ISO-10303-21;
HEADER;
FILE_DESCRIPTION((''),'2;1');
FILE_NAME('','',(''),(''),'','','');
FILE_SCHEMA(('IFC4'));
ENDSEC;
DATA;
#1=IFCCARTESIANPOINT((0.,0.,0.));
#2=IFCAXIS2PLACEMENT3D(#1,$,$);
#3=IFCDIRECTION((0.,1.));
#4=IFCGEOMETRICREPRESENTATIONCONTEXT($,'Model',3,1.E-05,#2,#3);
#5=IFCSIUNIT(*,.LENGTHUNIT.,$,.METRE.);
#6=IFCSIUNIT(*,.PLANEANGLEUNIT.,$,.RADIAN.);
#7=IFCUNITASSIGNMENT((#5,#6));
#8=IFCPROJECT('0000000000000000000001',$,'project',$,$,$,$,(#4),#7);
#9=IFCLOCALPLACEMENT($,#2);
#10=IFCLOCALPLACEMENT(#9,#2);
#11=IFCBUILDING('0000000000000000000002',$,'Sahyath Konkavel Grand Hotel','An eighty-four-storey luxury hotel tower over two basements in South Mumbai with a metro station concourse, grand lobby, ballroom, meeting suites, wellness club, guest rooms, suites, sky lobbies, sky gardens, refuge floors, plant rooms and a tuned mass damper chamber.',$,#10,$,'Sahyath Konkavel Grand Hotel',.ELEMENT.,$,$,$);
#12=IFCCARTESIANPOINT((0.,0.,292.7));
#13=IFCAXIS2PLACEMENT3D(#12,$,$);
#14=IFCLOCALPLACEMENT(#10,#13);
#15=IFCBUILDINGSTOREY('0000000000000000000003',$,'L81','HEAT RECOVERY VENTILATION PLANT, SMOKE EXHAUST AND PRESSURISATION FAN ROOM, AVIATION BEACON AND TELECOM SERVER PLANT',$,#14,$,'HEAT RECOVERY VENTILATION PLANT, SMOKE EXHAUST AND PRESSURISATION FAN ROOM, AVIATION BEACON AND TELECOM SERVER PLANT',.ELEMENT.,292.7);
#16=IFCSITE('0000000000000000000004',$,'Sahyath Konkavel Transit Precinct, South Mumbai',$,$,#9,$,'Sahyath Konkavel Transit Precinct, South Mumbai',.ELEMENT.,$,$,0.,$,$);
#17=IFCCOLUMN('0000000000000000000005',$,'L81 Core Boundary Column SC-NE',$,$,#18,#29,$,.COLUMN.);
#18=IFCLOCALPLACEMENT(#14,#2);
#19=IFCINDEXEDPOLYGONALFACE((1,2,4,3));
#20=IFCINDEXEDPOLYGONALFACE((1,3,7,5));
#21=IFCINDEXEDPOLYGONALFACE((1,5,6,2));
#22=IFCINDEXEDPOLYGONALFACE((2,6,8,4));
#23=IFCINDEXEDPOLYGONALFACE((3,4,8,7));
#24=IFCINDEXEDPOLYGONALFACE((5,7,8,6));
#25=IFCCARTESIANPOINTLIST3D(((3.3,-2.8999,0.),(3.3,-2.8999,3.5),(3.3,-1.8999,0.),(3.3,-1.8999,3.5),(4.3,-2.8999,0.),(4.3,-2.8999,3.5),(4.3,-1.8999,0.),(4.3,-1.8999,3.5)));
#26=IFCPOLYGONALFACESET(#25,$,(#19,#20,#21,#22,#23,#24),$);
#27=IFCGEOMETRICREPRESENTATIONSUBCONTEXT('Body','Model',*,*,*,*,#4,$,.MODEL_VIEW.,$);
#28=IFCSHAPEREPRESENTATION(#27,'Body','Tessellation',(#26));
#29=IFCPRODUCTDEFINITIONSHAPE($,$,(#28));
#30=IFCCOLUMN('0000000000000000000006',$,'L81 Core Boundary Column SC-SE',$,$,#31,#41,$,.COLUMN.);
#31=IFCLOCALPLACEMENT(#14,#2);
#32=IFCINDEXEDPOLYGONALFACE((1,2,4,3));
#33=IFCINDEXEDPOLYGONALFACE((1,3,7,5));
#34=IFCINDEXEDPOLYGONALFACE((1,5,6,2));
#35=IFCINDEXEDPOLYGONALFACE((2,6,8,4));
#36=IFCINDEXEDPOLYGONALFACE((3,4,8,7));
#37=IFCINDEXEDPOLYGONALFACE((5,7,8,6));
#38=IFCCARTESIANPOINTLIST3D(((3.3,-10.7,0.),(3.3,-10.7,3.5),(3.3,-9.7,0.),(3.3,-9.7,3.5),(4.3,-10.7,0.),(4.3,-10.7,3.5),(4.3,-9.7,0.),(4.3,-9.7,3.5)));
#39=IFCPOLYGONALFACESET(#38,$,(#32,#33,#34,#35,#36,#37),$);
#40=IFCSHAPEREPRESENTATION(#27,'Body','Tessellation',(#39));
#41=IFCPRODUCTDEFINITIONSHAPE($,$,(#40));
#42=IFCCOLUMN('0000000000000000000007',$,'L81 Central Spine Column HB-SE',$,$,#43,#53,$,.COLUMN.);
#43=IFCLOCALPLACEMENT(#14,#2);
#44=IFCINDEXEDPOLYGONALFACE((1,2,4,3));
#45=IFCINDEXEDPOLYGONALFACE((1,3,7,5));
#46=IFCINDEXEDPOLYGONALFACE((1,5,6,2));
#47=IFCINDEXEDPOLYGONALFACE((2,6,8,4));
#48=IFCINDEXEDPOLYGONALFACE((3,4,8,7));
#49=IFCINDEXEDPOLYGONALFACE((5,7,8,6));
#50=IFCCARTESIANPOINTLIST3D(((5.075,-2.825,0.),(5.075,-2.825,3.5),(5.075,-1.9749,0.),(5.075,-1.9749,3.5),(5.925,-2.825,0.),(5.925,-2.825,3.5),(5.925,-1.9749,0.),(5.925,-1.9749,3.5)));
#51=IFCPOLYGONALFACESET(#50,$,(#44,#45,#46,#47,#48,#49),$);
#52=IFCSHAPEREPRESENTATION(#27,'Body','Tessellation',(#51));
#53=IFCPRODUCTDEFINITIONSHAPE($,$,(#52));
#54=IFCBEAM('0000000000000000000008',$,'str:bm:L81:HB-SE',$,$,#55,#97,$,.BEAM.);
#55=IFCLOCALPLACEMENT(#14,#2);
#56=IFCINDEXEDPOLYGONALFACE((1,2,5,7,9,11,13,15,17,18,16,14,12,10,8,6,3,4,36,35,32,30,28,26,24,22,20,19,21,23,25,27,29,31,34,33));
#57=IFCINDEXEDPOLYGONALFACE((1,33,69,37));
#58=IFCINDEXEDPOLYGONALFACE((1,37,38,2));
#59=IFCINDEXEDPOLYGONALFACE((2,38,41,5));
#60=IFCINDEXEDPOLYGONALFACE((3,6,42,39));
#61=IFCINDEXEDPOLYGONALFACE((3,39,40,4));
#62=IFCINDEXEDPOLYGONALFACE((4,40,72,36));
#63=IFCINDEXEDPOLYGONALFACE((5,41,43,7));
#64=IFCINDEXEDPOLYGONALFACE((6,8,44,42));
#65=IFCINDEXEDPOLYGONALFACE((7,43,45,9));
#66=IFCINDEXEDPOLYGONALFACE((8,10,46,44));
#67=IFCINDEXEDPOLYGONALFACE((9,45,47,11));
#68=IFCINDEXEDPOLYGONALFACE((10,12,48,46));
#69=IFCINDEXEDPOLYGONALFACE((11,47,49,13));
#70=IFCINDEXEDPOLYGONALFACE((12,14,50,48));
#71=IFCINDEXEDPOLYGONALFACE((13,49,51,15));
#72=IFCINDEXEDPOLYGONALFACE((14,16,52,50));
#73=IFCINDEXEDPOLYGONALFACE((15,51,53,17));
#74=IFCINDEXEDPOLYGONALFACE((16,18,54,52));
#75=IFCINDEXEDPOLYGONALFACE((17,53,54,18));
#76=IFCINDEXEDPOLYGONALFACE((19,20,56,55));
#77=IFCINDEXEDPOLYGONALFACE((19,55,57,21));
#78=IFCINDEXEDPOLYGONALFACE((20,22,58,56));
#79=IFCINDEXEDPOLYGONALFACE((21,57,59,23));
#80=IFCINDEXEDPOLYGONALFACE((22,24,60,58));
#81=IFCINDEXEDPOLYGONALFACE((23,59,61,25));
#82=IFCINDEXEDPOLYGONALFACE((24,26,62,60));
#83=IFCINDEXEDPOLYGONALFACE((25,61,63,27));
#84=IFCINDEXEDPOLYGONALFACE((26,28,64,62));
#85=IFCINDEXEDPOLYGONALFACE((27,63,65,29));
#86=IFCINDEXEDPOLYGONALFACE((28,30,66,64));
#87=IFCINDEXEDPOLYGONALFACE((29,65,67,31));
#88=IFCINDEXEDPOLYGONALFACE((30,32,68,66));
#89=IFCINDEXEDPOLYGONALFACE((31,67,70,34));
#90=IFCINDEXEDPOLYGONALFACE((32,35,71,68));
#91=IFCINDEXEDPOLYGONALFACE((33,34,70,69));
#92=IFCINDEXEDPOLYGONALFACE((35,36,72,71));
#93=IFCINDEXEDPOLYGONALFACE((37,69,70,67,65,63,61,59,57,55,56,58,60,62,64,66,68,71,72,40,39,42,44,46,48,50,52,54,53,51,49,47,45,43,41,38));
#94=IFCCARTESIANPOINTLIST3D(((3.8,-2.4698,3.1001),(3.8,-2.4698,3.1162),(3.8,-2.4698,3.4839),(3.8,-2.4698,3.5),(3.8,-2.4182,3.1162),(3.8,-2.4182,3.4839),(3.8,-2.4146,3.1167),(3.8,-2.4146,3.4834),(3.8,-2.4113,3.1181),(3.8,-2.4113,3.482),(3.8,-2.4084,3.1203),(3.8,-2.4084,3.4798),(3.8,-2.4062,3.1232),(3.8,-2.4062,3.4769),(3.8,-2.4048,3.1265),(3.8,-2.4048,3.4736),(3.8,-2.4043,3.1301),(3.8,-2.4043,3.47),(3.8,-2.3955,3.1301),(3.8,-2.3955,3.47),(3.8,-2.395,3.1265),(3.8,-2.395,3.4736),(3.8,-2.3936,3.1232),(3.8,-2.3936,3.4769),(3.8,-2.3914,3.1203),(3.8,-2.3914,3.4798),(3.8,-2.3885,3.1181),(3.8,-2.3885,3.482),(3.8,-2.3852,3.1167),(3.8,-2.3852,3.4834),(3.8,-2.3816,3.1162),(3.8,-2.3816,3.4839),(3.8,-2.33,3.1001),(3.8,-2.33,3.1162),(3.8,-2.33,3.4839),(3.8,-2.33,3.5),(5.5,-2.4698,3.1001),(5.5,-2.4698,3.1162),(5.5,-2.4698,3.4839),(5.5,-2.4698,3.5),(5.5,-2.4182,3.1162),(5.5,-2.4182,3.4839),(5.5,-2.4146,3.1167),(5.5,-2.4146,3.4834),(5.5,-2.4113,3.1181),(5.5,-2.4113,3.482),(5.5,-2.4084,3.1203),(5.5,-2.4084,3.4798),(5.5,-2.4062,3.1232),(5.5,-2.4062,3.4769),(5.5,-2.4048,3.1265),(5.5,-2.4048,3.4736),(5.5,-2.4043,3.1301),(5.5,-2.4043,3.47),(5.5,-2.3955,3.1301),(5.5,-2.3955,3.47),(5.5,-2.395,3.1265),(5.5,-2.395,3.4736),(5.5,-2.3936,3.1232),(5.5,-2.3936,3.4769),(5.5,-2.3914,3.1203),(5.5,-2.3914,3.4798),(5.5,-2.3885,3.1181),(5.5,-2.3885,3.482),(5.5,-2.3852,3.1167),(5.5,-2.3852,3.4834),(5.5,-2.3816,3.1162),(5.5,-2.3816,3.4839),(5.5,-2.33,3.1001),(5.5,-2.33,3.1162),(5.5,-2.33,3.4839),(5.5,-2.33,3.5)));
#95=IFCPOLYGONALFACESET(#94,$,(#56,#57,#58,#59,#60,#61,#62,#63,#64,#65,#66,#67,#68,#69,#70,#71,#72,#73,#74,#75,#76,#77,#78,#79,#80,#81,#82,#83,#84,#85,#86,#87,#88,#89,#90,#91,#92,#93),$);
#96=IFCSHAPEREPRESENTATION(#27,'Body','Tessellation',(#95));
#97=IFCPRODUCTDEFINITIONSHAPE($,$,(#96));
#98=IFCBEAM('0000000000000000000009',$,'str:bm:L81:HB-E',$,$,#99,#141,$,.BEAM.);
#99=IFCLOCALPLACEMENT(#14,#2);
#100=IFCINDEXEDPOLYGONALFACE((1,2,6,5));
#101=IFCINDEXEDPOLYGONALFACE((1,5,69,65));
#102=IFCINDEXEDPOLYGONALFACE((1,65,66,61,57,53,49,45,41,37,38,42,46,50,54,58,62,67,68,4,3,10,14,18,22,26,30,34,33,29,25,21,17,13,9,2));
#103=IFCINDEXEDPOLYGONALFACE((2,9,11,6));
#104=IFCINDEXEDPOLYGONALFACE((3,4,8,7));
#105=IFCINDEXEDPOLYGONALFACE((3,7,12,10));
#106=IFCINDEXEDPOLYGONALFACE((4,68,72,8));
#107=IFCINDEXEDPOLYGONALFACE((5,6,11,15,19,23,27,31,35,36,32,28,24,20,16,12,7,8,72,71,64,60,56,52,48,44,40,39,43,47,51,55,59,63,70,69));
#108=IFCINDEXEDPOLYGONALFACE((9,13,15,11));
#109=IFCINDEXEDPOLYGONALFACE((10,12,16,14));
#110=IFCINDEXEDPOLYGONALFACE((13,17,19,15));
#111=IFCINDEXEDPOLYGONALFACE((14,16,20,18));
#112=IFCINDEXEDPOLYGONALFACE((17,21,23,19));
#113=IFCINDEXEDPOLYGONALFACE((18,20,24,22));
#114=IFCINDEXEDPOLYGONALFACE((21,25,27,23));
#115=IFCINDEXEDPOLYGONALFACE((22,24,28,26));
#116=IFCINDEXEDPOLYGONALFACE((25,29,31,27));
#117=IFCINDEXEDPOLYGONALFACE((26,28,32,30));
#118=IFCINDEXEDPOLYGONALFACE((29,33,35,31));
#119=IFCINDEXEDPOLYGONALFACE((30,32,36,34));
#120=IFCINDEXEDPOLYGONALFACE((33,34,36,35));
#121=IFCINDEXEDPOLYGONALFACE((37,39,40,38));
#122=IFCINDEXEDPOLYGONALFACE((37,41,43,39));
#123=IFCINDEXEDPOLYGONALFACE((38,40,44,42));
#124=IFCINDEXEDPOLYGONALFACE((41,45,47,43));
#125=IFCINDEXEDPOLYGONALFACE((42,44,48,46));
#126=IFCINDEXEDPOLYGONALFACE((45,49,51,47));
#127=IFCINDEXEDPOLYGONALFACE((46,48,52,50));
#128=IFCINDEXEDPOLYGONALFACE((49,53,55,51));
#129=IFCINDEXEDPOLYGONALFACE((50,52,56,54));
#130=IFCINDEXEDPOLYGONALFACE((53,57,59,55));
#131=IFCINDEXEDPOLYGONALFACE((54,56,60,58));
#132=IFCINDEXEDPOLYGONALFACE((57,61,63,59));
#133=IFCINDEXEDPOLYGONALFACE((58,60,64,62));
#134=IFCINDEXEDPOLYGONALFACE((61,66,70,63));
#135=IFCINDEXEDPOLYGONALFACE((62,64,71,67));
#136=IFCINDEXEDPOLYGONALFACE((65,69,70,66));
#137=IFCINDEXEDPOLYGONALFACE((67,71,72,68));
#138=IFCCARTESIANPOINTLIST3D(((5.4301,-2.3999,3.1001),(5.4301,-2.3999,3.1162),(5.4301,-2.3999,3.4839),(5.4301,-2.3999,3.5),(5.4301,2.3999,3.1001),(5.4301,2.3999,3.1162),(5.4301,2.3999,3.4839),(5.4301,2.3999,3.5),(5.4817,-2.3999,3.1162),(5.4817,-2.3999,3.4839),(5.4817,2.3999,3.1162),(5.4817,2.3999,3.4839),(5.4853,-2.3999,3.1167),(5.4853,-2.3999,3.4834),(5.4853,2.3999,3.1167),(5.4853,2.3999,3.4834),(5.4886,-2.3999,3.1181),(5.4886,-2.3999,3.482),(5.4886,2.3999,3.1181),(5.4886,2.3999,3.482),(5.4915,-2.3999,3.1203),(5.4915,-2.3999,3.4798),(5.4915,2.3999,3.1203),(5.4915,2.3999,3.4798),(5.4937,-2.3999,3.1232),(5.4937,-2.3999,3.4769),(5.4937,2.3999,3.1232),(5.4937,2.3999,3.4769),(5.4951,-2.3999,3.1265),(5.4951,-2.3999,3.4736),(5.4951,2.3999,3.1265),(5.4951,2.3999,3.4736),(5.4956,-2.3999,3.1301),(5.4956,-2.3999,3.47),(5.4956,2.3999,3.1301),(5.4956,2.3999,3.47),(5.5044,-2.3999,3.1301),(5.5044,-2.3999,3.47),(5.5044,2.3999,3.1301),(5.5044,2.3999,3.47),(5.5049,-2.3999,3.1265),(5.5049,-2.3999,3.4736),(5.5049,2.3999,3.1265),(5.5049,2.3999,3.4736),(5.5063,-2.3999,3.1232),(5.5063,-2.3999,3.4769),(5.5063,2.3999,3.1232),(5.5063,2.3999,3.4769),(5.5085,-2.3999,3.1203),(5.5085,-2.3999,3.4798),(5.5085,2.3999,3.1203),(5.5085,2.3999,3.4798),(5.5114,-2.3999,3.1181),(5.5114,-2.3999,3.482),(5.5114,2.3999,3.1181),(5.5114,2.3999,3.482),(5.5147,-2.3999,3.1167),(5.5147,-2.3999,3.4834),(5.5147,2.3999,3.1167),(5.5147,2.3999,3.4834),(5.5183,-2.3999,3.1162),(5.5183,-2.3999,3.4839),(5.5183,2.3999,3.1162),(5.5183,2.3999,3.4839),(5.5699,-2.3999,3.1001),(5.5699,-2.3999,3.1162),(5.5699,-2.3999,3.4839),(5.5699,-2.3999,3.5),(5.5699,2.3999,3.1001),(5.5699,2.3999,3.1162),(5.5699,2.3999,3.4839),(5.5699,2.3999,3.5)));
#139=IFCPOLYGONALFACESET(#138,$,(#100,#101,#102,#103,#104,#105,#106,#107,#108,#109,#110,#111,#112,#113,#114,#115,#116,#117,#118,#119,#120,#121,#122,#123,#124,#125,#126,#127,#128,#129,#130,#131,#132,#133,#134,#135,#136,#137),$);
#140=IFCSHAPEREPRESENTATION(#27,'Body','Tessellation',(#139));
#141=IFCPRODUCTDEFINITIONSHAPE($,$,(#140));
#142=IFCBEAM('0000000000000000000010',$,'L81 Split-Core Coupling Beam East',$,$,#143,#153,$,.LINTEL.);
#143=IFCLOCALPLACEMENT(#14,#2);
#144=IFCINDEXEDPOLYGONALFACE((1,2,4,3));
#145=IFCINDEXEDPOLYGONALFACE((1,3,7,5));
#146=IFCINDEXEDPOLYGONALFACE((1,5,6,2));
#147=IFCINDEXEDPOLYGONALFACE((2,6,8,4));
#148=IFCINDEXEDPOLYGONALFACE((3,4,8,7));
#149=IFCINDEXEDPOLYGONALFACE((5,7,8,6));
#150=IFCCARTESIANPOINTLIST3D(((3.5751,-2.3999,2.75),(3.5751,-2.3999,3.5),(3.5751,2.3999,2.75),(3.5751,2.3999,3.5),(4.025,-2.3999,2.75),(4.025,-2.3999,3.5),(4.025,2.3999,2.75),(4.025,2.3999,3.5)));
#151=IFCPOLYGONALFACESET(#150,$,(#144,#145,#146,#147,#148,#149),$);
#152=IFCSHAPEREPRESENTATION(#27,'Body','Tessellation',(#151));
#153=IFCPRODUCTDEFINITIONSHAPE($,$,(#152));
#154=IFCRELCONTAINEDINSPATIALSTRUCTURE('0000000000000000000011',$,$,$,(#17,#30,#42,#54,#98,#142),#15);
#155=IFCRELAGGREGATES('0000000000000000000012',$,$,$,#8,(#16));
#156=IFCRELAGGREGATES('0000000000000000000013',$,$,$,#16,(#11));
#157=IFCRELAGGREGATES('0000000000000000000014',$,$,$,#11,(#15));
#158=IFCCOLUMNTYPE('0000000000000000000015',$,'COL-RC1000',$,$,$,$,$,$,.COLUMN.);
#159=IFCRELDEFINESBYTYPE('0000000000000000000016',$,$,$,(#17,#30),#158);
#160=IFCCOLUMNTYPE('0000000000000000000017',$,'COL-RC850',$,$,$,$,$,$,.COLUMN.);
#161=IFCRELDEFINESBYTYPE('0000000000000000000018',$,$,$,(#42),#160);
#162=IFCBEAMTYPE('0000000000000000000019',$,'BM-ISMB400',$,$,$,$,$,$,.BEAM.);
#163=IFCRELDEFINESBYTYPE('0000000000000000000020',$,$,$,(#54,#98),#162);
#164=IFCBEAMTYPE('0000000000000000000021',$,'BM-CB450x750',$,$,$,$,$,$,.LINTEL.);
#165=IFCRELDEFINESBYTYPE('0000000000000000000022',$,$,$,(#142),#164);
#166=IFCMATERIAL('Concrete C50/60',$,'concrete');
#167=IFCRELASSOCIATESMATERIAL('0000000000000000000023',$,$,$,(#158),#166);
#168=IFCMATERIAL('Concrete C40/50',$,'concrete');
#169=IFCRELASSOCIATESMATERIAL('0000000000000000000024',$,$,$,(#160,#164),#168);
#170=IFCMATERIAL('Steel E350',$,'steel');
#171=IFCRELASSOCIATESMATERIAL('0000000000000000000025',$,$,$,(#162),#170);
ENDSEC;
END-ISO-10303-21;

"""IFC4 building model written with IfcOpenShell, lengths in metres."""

from ifc_helpers import new_model, si_unit, direction, frame, origin, origin_2d, place, context, subcontext, project, spatial, rectangle, i_section, extrude, source, transform, mapped, material, material_profile, profile_set, type_object, element, save


model = new_model("IFC4")

# Units and contexts
model_context = context("Model", 3, precision=1e-05, world=origin(), true_north=direction((0.0, 1.0)))
body_context = subcontext(model_context, "Body", "Model", "MODEL_VIEW")
ifc_project = project(units=[si_unit("LENGTHUNIT", "METRE"), si_unit("PLANEANGLEUNIT", "RADIAN")], contexts=[model_context])

# Site, building, storey
site_placement = place(None, origin())
site = spatial("IfcSite", under=ifc_project, at=site_placement, Name="Sahyath Konkavel Transit Precinct, South Mumbai", LongName="Sahyath Konkavel Transit Precinct, South Mumbai", CompositionType="ELEMENT", RefElevation=0.0)
building_placement = place(site_placement, origin())
building = spatial("IfcBuilding", under=site, at=building_placement, Name="Sahyath Konkavel Grand Hotel", Description="An eighty-four-storey luxury hotel tower over two basements in South Mumbai with a metro station concourse, grand lobby, ballroom, meeting suites, wellness club, guest rooms, suites, sky lobbies, sky gardens, refuge floors, plant rooms and a tuned mass damper chamber.", LongName="Sahyath Konkavel Grand Hotel", CompositionType="ELEMENT")
storey_placement = place(building_placement, frame((0.0, 0.0, 292.7)))
storey = spatial("IfcBuildingStorey", under=building, at=storey_placement, Name="L81", Description="HEAT RECOVERY VENTILATION PLANT, SMOKE EXHAUST AND PRESSURISATION FAN ROOM, AVIATION BEACON AND TELECOM SERVER PLANT", LongName="HEAT RECOVERY VENTILATION PLANT, SMOKE EXHAUST AND PRESSURISATION FAN ROOM, AVIATION BEACON AND TELECOM SERVER PLANT", CompositionType="ELEMENT", Elevation=292.7)

# Columns
ifc_material_1 = material(Name="Concrete C50/60", Category="concrete")
ifc_material_profile_1 = material_profile(ifc_material_1, rectangle(XDim=1.0, YDim=1.0, at=origin_2d()), Name="RC 1000x1000")
ifc_profile_set_1 = profile_set([ifc_material_profile_1], Name="Concrete C50/60")
column_type_1 = type_object("IfcColumnType", Name="COL-RC1000", PredefinedType="COLUMN", material=ifc_profile_set_1)
shared_shape_1 = source(origin(), body_context, "Body", "SweptSolid", [
    extrude(rectangle(XDim=1.0, YDim=1.0, at=origin_2d()), origin(), (0.0, 0.0, 1.0), 3.5),
])
for number, where, z_axis, x_axis, name in (
    (1, (3.8, -2.3999, 0.0), (0.0, 0.0, 1.0), (1.0, 0.0, 0.0), "L81 Core Boundary Column SC-NE"),
    (2, (3.8, -10.2, 0.0), (0.0, 0.0, 1.0), (1.0, 0.0, 0.0), "L81 Core Boundary Column SC-SE"),
):
    element("IfcColumn", number, at=place(storey_placement, frame(where, z_axis=z_axis, x_axis=x_axis)), inside=storey, type_object=column_type_1, Name=name, PredefinedType="COLUMN", context=body_context, shape_type="MappedRepresentation", body=[
        mapped(shared_shape_1, transform((0.0, 0.0, 0.0), scale=1.0)),
    ])
ifc_material_2 = material(Name="Concrete C40/50", Category="concrete")
ifc_material_profile_2 = material_profile(ifc_material_2, rectangle(XDim=0.8501, YDim=0.8501, at=origin_2d()), Name="RC 850x850")
ifc_profile_set_2 = profile_set([ifc_material_profile_2], Name="Concrete C40/50")
column_type_2 = type_object("IfcColumnType", Name="COL-RC850", PredefinedType="COLUMN", material=ifc_profile_set_2)
shared_shape_2 = source(origin(), body_context, "Body", "SweptSolid", [
    extrude(rectangle(XDim=0.8501, YDim=0.8501, at=origin_2d()), origin(), (0.0, 0.0, 1.0), 3.5),
])
column_placement = place(storey_placement, frame((5.5, -2.3999, 0.0), z_axis=(0.0, 0.0, 1.0), x_axis=(1.0, 0.0, 0.0)))
element("IfcColumn", 3, at=column_placement, inside=storey, type_object=column_type_2, Name="L81 Central Spine Column HB-SE", PredefinedType="COLUMN", context=body_context, shape_type="MappedRepresentation", body=[
    mapped(shared_shape_2, transform((0.0, 0.0, 0.0), scale=1.0)),
])

# Beams
ifc_material_3 = material(Name="Steel E350", Category="steel")
ifc_material_profile_3 = material_profile(ifc_material_3, i_section(OverallWidth=0.1399, OverallDepth=0.3999, WebThickness=0.0088, FlangeThickness=0.0161, FilletRadius=0.0139, at=origin_2d()), Name="ISMB 400")
ifc_profile_set_3 = profile_set([ifc_material_profile_3], Name="Steel E350")
beam_type_1 = type_object("IfcBeamType", Name="BM-ISMB400", PredefinedType="BEAM", material=ifc_profile_set_3)
shared_shape_3 = source(origin(), body_context, "Body", "SweptSolid", [
    extrude(i_section(OverallWidth=0.1399, OverallDepth=0.3999, WebThickness=0.0088, FlangeThickness=0.0161, FilletRadius=0.0139, at=origin_2d()), origin(), (0.0, 0.0, 1.0), 1.7),
])
beam_1_placement = place(storey_placement, frame((3.8, -2.3999, 3.3), z_axis=(1.0, 0.0, 0.0), x_axis=(0.0, 1.0, 0.0)))
element("IfcBeam", 4, at=beam_1_placement, inside=storey, type_object=beam_type_1, Name="str:bm:L81:HB-SE", PredefinedType="BEAM", context=body_context, shape_type="MappedRepresentation", body=[
    mapped(shared_shape_3, transform((0.0, 0.0, 0.0), scale=1.0)),
])
shared_shape_4 = source(origin(), body_context, "Body", "SweptSolid", [
    extrude(i_section(OverallWidth=0.1399, OverallDepth=0.3999, WebThickness=0.0088, FlangeThickness=0.0161, FilletRadius=0.0139, at=origin_2d()), origin(), (0.0, 0.0, 1.0), 4.7998),
])
beam_2_placement = place(storey_placement, frame((5.5, -2.3999, 3.3), z_axis=(0.0, 1.0, 0.0), x_axis=(-1.0, 0.0, 0.0)))
element("IfcBeam", 5, at=beam_2_placement, inside=storey, type_object=beam_type_1, Name="str:bm:L81:HB-E", PredefinedType="BEAM", context=body_context, shape_type="MappedRepresentation", body=[
    mapped(shared_shape_4, transform((0.0, 0.0, 0.0), scale=1.0)),
])
ifc_material_profile_4 = material_profile(ifc_material_2, rectangle(XDim=0.45, YDim=0.75, at=origin_2d()), Name="RC 450x750")
ifc_profile_set_4 = profile_set([ifc_material_profile_4], Name="Concrete C40/50")
beam_type_2 = type_object("IfcBeamType", Name="BM-CB450x750", PredefinedType="LINTEL", material=ifc_profile_set_4)
shared_shape_5 = source(origin(), body_context, "Body", "SweptSolid", [
    extrude(rectangle(XDim=0.45, YDim=0.75, at=origin_2d()), origin(), (0.0, 0.0, 1.0), 4.7998),
])
beam_3_placement = place(storey_placement, frame((3.8, -2.3999, 3.125), z_axis=(0.0, 1.0, 0.0), x_axis=(-1.0, 0.0, 0.0)))
element("IfcBeam", 6, at=beam_3_placement, inside=storey, type_object=beam_type_2, Name="L81 Split-Core Coupling Beam East", PredefinedType="LINTEL", context=body_context, shape_type="MappedRepresentation", body=[
    mapped(shared_shape_5, transform((0.0, 0.0, 0.0), scale=1.0)),
])

save(model, "model.ifc")
